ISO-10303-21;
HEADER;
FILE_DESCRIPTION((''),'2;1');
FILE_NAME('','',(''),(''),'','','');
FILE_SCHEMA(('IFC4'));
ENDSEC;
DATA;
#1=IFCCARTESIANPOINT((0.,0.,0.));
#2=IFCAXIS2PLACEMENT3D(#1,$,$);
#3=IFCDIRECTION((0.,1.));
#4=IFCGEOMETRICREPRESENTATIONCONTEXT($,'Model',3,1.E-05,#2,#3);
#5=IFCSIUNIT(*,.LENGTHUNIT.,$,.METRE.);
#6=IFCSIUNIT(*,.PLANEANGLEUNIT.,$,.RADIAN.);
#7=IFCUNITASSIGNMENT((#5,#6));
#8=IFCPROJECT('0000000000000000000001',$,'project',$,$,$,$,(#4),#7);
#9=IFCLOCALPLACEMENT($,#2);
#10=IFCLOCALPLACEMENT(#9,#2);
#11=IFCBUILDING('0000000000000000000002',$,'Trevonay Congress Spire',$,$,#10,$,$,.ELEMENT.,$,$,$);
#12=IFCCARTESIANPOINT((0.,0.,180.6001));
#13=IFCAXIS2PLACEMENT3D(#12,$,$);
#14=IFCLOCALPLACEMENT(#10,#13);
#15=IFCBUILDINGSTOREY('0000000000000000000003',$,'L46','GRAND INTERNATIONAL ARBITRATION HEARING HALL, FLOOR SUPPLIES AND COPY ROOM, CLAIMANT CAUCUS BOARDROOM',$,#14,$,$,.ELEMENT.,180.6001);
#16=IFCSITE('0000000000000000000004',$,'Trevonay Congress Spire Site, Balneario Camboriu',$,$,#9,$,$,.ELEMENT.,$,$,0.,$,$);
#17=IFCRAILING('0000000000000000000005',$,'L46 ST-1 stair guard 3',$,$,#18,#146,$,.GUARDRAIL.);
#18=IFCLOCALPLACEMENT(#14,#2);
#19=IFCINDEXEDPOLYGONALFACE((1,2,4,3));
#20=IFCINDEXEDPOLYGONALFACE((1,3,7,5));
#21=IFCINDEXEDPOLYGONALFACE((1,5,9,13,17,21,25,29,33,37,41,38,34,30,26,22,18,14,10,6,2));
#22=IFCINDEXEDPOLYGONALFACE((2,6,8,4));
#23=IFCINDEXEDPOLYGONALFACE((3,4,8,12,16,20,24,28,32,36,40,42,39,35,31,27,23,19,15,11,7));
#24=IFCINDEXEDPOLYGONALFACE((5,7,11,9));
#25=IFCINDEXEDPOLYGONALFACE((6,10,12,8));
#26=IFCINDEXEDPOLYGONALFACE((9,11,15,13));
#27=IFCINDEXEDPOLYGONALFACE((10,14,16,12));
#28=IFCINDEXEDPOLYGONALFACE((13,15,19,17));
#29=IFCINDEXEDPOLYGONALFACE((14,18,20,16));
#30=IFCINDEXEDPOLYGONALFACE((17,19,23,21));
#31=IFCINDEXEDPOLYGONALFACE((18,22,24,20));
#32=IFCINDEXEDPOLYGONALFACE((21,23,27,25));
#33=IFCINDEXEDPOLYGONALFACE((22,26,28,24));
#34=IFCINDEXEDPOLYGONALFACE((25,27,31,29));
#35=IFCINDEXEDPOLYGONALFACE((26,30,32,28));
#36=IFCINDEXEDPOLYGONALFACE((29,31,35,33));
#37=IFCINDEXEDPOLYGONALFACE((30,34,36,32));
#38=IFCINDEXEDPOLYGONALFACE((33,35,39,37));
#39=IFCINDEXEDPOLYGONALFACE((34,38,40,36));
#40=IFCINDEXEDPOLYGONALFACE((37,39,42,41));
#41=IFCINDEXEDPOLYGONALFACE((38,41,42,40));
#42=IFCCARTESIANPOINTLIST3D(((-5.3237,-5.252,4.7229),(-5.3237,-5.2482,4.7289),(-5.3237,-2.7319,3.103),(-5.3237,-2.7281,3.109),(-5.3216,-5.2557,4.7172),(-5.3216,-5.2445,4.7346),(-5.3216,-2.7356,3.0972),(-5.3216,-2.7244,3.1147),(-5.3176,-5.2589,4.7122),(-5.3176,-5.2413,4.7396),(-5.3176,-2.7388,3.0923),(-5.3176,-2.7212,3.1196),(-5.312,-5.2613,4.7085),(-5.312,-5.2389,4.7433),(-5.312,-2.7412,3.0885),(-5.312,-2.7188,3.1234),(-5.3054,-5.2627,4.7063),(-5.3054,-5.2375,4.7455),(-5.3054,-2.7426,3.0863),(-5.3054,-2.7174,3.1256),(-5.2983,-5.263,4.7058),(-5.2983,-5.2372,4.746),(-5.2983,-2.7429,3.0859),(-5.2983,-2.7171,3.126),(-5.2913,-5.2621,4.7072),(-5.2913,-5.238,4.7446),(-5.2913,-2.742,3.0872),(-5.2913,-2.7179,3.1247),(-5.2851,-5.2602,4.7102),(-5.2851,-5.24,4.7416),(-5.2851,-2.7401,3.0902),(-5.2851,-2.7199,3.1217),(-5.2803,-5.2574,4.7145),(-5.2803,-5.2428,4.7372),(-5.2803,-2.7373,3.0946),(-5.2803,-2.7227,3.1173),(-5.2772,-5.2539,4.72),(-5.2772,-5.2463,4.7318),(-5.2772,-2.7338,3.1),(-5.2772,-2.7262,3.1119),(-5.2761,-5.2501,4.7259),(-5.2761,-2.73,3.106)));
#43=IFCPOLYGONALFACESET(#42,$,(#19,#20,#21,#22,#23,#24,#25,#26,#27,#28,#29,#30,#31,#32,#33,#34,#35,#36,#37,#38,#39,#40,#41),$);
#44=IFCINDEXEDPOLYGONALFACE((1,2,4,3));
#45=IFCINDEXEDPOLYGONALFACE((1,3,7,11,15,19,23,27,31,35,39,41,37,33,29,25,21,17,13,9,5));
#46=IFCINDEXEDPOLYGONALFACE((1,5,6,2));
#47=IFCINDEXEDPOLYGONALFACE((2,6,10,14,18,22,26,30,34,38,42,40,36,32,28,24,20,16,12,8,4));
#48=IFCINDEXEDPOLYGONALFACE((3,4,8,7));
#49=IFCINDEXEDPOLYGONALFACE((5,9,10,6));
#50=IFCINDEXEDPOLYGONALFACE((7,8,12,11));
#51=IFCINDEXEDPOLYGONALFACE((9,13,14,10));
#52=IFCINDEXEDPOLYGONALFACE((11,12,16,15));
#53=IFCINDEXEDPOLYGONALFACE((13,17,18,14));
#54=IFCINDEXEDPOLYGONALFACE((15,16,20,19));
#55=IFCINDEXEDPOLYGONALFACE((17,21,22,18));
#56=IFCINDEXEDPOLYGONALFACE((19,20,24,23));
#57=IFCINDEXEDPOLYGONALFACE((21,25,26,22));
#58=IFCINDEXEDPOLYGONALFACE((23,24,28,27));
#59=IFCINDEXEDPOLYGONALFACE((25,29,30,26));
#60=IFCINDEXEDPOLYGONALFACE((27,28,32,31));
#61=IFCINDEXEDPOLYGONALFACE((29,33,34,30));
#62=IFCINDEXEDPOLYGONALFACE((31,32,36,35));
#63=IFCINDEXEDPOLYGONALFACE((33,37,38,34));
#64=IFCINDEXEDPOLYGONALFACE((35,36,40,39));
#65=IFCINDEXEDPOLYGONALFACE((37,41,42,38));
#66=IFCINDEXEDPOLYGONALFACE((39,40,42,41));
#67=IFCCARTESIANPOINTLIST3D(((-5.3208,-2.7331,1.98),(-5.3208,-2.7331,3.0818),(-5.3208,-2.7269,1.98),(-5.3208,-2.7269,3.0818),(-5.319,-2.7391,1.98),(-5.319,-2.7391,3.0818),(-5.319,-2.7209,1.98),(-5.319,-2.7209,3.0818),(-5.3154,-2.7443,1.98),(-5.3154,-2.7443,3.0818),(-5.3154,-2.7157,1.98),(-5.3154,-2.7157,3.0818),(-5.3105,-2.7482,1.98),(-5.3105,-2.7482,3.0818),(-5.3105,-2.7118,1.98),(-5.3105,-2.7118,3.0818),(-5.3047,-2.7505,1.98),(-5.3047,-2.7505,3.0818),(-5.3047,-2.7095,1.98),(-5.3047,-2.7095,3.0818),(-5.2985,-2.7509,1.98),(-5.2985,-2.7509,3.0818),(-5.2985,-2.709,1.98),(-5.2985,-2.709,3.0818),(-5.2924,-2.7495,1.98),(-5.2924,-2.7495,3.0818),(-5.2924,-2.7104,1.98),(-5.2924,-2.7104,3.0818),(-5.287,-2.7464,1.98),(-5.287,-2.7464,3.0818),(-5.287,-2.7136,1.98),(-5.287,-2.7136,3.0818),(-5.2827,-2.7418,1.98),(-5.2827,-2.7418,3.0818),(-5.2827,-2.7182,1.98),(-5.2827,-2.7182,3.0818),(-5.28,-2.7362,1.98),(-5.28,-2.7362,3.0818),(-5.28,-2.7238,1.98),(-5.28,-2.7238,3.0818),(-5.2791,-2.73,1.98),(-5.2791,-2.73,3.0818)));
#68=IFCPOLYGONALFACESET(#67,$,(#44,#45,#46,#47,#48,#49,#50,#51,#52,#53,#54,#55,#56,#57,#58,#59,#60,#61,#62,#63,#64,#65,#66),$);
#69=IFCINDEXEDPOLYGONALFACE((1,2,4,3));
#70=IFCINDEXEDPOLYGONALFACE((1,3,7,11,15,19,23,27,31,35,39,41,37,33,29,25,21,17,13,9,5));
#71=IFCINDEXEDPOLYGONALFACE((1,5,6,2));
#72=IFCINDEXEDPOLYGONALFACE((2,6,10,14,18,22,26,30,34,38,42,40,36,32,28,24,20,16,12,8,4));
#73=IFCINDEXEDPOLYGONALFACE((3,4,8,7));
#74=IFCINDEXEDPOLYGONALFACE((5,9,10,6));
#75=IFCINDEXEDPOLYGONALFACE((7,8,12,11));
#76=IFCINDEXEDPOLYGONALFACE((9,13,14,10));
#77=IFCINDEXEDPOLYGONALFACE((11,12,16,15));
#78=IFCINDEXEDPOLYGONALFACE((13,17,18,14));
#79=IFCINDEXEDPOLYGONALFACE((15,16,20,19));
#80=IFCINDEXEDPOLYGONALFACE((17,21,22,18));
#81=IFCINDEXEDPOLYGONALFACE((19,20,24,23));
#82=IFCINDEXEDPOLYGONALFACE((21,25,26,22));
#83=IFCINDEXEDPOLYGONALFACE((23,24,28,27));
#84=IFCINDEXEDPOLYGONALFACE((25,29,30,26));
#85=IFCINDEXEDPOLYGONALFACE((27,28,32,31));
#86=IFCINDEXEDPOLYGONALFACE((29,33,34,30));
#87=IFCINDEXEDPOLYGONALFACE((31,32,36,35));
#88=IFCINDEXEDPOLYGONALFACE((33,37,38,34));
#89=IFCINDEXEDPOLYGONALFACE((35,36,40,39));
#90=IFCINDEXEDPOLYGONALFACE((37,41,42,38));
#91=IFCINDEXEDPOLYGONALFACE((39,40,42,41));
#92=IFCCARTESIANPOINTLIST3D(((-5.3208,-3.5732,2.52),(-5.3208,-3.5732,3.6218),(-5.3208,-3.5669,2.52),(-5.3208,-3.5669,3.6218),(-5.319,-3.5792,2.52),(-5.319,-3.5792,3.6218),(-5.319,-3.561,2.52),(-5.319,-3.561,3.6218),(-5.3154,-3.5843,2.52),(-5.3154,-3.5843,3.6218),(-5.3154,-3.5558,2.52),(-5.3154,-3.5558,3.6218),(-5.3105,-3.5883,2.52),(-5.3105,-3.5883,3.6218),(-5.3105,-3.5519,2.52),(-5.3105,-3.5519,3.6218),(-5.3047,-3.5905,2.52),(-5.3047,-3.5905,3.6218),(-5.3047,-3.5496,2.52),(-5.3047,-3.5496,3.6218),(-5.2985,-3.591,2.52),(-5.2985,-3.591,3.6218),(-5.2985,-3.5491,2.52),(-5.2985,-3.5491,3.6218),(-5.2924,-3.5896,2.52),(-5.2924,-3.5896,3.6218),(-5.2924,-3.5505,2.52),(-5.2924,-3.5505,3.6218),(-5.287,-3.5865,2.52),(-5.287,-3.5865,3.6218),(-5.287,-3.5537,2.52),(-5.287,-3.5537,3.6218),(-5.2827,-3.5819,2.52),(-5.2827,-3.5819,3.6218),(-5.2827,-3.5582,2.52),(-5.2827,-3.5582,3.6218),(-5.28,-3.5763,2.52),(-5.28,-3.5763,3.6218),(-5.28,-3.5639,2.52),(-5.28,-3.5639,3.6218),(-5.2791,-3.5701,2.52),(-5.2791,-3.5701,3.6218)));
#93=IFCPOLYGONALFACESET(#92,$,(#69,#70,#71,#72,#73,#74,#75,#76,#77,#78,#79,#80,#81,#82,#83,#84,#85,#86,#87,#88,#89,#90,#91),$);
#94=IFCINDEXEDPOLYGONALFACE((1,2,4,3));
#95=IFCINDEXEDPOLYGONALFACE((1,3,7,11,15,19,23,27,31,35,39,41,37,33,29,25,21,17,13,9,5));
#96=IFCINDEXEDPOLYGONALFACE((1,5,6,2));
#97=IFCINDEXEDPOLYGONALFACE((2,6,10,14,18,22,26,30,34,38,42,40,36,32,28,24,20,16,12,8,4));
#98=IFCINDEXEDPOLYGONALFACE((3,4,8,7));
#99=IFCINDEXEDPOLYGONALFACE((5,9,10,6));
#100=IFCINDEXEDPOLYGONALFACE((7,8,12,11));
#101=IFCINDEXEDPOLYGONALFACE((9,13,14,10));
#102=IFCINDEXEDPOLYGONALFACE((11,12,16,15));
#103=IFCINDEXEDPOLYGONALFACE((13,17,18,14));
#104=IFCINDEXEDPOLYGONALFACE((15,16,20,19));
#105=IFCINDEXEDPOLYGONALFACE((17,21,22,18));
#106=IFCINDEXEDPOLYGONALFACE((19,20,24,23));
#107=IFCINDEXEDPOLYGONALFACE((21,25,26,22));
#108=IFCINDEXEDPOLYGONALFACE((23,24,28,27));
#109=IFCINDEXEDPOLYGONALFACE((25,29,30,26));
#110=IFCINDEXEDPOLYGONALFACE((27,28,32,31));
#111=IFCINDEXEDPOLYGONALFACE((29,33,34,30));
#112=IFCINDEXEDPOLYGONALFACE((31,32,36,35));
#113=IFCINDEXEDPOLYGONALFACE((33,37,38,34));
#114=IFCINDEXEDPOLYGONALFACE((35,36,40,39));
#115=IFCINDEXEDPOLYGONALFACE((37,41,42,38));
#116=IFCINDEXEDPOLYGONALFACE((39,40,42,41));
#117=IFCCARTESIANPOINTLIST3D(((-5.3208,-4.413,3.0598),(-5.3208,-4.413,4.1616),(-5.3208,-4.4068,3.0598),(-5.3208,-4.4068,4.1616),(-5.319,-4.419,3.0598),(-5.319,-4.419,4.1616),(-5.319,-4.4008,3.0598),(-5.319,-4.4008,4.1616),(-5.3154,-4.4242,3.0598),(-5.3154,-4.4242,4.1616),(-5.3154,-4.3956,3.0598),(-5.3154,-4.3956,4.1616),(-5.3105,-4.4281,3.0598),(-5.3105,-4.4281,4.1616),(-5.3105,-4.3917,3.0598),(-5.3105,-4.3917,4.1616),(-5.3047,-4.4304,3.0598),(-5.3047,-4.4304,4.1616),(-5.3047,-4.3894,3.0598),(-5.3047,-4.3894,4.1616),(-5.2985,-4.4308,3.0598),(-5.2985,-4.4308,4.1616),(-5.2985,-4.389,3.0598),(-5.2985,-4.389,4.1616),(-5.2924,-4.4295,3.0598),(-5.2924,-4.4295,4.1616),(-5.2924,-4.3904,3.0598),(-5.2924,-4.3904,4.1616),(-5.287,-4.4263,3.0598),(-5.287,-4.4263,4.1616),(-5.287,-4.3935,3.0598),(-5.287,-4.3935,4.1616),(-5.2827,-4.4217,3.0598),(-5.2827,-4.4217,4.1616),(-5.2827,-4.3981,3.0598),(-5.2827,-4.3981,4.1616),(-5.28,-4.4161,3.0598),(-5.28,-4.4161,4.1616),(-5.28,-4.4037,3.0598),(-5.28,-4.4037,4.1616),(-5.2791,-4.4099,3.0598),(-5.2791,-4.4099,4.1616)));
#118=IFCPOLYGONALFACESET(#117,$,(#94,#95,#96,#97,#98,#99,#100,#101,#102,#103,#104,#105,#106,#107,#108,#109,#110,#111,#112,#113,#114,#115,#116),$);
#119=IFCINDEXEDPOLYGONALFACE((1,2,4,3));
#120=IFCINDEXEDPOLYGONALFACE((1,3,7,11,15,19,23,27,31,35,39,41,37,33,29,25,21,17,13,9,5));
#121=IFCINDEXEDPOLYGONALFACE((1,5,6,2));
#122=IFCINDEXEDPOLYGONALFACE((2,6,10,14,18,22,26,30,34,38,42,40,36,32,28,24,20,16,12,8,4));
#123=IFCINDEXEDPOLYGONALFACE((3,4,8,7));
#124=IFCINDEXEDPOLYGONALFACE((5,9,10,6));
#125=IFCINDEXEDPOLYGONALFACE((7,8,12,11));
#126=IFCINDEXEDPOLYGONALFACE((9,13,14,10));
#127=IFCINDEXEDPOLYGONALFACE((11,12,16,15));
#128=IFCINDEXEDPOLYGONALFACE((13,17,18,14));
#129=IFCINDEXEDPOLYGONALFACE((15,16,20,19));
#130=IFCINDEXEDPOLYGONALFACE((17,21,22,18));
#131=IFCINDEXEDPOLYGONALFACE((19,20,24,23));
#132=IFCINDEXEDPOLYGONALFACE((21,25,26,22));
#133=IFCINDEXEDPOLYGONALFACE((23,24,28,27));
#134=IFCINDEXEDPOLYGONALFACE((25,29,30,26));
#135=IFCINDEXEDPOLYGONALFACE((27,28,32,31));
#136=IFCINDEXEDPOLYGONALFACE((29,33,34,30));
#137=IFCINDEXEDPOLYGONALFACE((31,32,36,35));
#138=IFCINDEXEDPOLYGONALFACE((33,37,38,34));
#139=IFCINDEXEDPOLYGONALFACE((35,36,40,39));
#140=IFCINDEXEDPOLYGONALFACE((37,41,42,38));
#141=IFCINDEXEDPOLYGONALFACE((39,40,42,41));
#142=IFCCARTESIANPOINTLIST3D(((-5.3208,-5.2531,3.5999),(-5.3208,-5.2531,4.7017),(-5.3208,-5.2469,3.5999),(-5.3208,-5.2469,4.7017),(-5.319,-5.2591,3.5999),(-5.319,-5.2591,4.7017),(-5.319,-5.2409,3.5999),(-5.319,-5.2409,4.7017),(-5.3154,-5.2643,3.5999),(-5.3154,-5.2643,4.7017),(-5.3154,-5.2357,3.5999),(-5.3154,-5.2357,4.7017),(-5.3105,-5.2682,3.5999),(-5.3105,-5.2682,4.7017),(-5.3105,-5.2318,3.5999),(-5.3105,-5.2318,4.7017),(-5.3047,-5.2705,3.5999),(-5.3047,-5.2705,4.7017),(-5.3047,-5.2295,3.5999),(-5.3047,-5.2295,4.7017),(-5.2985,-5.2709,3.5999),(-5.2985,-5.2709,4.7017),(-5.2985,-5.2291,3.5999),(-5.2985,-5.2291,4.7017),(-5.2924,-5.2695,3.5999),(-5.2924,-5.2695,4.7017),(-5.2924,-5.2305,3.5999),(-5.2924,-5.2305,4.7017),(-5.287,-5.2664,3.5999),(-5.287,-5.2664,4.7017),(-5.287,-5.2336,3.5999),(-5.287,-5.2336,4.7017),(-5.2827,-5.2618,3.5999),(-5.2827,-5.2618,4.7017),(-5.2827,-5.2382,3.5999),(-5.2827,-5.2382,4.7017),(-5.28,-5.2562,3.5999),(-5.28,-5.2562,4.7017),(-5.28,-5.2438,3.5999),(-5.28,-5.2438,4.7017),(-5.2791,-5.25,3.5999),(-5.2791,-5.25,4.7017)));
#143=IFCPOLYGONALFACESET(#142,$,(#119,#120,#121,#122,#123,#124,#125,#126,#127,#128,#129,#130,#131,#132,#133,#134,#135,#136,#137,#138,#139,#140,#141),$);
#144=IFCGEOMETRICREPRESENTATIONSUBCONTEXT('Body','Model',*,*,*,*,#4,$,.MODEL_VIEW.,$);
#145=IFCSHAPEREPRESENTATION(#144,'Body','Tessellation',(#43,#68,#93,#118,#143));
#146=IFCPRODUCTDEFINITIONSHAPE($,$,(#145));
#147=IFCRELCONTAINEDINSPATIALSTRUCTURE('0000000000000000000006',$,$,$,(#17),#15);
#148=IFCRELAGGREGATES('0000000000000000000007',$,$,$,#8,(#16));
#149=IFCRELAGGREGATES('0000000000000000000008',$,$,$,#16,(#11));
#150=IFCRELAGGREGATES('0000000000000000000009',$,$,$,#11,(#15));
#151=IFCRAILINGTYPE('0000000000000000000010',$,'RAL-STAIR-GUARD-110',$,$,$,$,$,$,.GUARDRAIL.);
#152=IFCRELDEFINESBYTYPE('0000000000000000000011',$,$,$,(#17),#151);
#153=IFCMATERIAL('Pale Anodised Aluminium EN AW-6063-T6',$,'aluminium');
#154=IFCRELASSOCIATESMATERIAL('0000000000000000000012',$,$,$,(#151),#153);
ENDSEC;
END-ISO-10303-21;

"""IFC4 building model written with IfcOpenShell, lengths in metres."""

from ifc_helpers import new_model, si_unit, direction, frame, origin, origin_2d, place, context, subcontext, project, spatial, circle, extrude, material, type_object, element, save


model = new_model("IFC4")

# Units and contexts
model_context = context("Model", 3, precision=1e-05, world=origin(), true_north=direction((0.0, 1.0)))
body_context = subcontext(model_context, "Body", "Model", "MODEL_VIEW")
ifc_project = project(units=[si_unit("LENGTHUNIT", "METRE"), si_unit("PLANEANGLEUNIT", "RADIAN")], contexts=[model_context])

# Site, building, storey
site_placement = place(None, origin())
site = spatial("IfcSite", under=ifc_project, at=site_placement, Name="Trevonay Congress Spire Site, Balneario Camboriu", CompositionType="ELEMENT", RefElevation=0.0)
building_placement = place(site_placement, origin())
building = spatial("IfcBuilding", under=site, at=building_placement, Name="Trevonay Congress Spire", CompositionType="ELEMENT")
storey_placement = place(building_placement, frame((0.0, 0.0, 180.6001)))
storey = spatial("IfcBuildingStorey", under=building, at=storey_placement, Name="L46", Description="GRAND INTERNATIONAL ARBITRATION HEARING HALL, FLOOR SUPPLIES AND COPY ROOM, CLAIMANT CAUCUS BOARDROOM", CompositionType="ELEMENT", Elevation=180.6001)

# Railing
ifc_material_1 = material(Name="Pale Anodised Aluminium EN AW-6063-T6", Category="aluminium")
railing_type_1 = type_object("IfcRailingType", Name="RAL-STAIR-GUARD-110", PredefinedType="GUARDRAIL", material=ifc_material_1)
railing_1_placement = place(storey_placement, frame((-5.3, -2.73, 1.98)))
element("IfcRailing", 1, at=railing_1_placement, inside=storey, type_object=railing_type_1, Name="L46 ST-1 stair guard 3", PredefinedType="GUARDRAIL", context=body_context, shape_type="SweptSolid", body=[
    extrude(circle(Radius=0.0239, at=origin_2d()), frame((0.0, 0.0, 1.126), z_axis=(0.0, -0.8412, 0.540725), x_axis=(1.0, 0.0, 0.0)), (0.0, 0.0, 1.0), 2.9958),
    extrude(circle(Radius=0.021, at=origin_2d()), origin(), (0.0, 0.0, 1.0), 1.1018),
    extrude(circle(Radius=0.021, at=origin_2d()), frame((0.0, -0.8401, 0.54)), (0.0, 0.0, 1.0), 1.1018),
    extrude(circle(Radius=0.021, at=origin_2d()), frame((0.0, -1.6799, 1.0798)), (0.0, 0.0, 1.0), 1.1018),
    extrude(circle(Radius=0.021, at=origin_2d()), frame((0.0, -2.52, 1.6199)), (0.0, 0.0, 1.0), 1.1018),
])

save(model, "model.ifc")
